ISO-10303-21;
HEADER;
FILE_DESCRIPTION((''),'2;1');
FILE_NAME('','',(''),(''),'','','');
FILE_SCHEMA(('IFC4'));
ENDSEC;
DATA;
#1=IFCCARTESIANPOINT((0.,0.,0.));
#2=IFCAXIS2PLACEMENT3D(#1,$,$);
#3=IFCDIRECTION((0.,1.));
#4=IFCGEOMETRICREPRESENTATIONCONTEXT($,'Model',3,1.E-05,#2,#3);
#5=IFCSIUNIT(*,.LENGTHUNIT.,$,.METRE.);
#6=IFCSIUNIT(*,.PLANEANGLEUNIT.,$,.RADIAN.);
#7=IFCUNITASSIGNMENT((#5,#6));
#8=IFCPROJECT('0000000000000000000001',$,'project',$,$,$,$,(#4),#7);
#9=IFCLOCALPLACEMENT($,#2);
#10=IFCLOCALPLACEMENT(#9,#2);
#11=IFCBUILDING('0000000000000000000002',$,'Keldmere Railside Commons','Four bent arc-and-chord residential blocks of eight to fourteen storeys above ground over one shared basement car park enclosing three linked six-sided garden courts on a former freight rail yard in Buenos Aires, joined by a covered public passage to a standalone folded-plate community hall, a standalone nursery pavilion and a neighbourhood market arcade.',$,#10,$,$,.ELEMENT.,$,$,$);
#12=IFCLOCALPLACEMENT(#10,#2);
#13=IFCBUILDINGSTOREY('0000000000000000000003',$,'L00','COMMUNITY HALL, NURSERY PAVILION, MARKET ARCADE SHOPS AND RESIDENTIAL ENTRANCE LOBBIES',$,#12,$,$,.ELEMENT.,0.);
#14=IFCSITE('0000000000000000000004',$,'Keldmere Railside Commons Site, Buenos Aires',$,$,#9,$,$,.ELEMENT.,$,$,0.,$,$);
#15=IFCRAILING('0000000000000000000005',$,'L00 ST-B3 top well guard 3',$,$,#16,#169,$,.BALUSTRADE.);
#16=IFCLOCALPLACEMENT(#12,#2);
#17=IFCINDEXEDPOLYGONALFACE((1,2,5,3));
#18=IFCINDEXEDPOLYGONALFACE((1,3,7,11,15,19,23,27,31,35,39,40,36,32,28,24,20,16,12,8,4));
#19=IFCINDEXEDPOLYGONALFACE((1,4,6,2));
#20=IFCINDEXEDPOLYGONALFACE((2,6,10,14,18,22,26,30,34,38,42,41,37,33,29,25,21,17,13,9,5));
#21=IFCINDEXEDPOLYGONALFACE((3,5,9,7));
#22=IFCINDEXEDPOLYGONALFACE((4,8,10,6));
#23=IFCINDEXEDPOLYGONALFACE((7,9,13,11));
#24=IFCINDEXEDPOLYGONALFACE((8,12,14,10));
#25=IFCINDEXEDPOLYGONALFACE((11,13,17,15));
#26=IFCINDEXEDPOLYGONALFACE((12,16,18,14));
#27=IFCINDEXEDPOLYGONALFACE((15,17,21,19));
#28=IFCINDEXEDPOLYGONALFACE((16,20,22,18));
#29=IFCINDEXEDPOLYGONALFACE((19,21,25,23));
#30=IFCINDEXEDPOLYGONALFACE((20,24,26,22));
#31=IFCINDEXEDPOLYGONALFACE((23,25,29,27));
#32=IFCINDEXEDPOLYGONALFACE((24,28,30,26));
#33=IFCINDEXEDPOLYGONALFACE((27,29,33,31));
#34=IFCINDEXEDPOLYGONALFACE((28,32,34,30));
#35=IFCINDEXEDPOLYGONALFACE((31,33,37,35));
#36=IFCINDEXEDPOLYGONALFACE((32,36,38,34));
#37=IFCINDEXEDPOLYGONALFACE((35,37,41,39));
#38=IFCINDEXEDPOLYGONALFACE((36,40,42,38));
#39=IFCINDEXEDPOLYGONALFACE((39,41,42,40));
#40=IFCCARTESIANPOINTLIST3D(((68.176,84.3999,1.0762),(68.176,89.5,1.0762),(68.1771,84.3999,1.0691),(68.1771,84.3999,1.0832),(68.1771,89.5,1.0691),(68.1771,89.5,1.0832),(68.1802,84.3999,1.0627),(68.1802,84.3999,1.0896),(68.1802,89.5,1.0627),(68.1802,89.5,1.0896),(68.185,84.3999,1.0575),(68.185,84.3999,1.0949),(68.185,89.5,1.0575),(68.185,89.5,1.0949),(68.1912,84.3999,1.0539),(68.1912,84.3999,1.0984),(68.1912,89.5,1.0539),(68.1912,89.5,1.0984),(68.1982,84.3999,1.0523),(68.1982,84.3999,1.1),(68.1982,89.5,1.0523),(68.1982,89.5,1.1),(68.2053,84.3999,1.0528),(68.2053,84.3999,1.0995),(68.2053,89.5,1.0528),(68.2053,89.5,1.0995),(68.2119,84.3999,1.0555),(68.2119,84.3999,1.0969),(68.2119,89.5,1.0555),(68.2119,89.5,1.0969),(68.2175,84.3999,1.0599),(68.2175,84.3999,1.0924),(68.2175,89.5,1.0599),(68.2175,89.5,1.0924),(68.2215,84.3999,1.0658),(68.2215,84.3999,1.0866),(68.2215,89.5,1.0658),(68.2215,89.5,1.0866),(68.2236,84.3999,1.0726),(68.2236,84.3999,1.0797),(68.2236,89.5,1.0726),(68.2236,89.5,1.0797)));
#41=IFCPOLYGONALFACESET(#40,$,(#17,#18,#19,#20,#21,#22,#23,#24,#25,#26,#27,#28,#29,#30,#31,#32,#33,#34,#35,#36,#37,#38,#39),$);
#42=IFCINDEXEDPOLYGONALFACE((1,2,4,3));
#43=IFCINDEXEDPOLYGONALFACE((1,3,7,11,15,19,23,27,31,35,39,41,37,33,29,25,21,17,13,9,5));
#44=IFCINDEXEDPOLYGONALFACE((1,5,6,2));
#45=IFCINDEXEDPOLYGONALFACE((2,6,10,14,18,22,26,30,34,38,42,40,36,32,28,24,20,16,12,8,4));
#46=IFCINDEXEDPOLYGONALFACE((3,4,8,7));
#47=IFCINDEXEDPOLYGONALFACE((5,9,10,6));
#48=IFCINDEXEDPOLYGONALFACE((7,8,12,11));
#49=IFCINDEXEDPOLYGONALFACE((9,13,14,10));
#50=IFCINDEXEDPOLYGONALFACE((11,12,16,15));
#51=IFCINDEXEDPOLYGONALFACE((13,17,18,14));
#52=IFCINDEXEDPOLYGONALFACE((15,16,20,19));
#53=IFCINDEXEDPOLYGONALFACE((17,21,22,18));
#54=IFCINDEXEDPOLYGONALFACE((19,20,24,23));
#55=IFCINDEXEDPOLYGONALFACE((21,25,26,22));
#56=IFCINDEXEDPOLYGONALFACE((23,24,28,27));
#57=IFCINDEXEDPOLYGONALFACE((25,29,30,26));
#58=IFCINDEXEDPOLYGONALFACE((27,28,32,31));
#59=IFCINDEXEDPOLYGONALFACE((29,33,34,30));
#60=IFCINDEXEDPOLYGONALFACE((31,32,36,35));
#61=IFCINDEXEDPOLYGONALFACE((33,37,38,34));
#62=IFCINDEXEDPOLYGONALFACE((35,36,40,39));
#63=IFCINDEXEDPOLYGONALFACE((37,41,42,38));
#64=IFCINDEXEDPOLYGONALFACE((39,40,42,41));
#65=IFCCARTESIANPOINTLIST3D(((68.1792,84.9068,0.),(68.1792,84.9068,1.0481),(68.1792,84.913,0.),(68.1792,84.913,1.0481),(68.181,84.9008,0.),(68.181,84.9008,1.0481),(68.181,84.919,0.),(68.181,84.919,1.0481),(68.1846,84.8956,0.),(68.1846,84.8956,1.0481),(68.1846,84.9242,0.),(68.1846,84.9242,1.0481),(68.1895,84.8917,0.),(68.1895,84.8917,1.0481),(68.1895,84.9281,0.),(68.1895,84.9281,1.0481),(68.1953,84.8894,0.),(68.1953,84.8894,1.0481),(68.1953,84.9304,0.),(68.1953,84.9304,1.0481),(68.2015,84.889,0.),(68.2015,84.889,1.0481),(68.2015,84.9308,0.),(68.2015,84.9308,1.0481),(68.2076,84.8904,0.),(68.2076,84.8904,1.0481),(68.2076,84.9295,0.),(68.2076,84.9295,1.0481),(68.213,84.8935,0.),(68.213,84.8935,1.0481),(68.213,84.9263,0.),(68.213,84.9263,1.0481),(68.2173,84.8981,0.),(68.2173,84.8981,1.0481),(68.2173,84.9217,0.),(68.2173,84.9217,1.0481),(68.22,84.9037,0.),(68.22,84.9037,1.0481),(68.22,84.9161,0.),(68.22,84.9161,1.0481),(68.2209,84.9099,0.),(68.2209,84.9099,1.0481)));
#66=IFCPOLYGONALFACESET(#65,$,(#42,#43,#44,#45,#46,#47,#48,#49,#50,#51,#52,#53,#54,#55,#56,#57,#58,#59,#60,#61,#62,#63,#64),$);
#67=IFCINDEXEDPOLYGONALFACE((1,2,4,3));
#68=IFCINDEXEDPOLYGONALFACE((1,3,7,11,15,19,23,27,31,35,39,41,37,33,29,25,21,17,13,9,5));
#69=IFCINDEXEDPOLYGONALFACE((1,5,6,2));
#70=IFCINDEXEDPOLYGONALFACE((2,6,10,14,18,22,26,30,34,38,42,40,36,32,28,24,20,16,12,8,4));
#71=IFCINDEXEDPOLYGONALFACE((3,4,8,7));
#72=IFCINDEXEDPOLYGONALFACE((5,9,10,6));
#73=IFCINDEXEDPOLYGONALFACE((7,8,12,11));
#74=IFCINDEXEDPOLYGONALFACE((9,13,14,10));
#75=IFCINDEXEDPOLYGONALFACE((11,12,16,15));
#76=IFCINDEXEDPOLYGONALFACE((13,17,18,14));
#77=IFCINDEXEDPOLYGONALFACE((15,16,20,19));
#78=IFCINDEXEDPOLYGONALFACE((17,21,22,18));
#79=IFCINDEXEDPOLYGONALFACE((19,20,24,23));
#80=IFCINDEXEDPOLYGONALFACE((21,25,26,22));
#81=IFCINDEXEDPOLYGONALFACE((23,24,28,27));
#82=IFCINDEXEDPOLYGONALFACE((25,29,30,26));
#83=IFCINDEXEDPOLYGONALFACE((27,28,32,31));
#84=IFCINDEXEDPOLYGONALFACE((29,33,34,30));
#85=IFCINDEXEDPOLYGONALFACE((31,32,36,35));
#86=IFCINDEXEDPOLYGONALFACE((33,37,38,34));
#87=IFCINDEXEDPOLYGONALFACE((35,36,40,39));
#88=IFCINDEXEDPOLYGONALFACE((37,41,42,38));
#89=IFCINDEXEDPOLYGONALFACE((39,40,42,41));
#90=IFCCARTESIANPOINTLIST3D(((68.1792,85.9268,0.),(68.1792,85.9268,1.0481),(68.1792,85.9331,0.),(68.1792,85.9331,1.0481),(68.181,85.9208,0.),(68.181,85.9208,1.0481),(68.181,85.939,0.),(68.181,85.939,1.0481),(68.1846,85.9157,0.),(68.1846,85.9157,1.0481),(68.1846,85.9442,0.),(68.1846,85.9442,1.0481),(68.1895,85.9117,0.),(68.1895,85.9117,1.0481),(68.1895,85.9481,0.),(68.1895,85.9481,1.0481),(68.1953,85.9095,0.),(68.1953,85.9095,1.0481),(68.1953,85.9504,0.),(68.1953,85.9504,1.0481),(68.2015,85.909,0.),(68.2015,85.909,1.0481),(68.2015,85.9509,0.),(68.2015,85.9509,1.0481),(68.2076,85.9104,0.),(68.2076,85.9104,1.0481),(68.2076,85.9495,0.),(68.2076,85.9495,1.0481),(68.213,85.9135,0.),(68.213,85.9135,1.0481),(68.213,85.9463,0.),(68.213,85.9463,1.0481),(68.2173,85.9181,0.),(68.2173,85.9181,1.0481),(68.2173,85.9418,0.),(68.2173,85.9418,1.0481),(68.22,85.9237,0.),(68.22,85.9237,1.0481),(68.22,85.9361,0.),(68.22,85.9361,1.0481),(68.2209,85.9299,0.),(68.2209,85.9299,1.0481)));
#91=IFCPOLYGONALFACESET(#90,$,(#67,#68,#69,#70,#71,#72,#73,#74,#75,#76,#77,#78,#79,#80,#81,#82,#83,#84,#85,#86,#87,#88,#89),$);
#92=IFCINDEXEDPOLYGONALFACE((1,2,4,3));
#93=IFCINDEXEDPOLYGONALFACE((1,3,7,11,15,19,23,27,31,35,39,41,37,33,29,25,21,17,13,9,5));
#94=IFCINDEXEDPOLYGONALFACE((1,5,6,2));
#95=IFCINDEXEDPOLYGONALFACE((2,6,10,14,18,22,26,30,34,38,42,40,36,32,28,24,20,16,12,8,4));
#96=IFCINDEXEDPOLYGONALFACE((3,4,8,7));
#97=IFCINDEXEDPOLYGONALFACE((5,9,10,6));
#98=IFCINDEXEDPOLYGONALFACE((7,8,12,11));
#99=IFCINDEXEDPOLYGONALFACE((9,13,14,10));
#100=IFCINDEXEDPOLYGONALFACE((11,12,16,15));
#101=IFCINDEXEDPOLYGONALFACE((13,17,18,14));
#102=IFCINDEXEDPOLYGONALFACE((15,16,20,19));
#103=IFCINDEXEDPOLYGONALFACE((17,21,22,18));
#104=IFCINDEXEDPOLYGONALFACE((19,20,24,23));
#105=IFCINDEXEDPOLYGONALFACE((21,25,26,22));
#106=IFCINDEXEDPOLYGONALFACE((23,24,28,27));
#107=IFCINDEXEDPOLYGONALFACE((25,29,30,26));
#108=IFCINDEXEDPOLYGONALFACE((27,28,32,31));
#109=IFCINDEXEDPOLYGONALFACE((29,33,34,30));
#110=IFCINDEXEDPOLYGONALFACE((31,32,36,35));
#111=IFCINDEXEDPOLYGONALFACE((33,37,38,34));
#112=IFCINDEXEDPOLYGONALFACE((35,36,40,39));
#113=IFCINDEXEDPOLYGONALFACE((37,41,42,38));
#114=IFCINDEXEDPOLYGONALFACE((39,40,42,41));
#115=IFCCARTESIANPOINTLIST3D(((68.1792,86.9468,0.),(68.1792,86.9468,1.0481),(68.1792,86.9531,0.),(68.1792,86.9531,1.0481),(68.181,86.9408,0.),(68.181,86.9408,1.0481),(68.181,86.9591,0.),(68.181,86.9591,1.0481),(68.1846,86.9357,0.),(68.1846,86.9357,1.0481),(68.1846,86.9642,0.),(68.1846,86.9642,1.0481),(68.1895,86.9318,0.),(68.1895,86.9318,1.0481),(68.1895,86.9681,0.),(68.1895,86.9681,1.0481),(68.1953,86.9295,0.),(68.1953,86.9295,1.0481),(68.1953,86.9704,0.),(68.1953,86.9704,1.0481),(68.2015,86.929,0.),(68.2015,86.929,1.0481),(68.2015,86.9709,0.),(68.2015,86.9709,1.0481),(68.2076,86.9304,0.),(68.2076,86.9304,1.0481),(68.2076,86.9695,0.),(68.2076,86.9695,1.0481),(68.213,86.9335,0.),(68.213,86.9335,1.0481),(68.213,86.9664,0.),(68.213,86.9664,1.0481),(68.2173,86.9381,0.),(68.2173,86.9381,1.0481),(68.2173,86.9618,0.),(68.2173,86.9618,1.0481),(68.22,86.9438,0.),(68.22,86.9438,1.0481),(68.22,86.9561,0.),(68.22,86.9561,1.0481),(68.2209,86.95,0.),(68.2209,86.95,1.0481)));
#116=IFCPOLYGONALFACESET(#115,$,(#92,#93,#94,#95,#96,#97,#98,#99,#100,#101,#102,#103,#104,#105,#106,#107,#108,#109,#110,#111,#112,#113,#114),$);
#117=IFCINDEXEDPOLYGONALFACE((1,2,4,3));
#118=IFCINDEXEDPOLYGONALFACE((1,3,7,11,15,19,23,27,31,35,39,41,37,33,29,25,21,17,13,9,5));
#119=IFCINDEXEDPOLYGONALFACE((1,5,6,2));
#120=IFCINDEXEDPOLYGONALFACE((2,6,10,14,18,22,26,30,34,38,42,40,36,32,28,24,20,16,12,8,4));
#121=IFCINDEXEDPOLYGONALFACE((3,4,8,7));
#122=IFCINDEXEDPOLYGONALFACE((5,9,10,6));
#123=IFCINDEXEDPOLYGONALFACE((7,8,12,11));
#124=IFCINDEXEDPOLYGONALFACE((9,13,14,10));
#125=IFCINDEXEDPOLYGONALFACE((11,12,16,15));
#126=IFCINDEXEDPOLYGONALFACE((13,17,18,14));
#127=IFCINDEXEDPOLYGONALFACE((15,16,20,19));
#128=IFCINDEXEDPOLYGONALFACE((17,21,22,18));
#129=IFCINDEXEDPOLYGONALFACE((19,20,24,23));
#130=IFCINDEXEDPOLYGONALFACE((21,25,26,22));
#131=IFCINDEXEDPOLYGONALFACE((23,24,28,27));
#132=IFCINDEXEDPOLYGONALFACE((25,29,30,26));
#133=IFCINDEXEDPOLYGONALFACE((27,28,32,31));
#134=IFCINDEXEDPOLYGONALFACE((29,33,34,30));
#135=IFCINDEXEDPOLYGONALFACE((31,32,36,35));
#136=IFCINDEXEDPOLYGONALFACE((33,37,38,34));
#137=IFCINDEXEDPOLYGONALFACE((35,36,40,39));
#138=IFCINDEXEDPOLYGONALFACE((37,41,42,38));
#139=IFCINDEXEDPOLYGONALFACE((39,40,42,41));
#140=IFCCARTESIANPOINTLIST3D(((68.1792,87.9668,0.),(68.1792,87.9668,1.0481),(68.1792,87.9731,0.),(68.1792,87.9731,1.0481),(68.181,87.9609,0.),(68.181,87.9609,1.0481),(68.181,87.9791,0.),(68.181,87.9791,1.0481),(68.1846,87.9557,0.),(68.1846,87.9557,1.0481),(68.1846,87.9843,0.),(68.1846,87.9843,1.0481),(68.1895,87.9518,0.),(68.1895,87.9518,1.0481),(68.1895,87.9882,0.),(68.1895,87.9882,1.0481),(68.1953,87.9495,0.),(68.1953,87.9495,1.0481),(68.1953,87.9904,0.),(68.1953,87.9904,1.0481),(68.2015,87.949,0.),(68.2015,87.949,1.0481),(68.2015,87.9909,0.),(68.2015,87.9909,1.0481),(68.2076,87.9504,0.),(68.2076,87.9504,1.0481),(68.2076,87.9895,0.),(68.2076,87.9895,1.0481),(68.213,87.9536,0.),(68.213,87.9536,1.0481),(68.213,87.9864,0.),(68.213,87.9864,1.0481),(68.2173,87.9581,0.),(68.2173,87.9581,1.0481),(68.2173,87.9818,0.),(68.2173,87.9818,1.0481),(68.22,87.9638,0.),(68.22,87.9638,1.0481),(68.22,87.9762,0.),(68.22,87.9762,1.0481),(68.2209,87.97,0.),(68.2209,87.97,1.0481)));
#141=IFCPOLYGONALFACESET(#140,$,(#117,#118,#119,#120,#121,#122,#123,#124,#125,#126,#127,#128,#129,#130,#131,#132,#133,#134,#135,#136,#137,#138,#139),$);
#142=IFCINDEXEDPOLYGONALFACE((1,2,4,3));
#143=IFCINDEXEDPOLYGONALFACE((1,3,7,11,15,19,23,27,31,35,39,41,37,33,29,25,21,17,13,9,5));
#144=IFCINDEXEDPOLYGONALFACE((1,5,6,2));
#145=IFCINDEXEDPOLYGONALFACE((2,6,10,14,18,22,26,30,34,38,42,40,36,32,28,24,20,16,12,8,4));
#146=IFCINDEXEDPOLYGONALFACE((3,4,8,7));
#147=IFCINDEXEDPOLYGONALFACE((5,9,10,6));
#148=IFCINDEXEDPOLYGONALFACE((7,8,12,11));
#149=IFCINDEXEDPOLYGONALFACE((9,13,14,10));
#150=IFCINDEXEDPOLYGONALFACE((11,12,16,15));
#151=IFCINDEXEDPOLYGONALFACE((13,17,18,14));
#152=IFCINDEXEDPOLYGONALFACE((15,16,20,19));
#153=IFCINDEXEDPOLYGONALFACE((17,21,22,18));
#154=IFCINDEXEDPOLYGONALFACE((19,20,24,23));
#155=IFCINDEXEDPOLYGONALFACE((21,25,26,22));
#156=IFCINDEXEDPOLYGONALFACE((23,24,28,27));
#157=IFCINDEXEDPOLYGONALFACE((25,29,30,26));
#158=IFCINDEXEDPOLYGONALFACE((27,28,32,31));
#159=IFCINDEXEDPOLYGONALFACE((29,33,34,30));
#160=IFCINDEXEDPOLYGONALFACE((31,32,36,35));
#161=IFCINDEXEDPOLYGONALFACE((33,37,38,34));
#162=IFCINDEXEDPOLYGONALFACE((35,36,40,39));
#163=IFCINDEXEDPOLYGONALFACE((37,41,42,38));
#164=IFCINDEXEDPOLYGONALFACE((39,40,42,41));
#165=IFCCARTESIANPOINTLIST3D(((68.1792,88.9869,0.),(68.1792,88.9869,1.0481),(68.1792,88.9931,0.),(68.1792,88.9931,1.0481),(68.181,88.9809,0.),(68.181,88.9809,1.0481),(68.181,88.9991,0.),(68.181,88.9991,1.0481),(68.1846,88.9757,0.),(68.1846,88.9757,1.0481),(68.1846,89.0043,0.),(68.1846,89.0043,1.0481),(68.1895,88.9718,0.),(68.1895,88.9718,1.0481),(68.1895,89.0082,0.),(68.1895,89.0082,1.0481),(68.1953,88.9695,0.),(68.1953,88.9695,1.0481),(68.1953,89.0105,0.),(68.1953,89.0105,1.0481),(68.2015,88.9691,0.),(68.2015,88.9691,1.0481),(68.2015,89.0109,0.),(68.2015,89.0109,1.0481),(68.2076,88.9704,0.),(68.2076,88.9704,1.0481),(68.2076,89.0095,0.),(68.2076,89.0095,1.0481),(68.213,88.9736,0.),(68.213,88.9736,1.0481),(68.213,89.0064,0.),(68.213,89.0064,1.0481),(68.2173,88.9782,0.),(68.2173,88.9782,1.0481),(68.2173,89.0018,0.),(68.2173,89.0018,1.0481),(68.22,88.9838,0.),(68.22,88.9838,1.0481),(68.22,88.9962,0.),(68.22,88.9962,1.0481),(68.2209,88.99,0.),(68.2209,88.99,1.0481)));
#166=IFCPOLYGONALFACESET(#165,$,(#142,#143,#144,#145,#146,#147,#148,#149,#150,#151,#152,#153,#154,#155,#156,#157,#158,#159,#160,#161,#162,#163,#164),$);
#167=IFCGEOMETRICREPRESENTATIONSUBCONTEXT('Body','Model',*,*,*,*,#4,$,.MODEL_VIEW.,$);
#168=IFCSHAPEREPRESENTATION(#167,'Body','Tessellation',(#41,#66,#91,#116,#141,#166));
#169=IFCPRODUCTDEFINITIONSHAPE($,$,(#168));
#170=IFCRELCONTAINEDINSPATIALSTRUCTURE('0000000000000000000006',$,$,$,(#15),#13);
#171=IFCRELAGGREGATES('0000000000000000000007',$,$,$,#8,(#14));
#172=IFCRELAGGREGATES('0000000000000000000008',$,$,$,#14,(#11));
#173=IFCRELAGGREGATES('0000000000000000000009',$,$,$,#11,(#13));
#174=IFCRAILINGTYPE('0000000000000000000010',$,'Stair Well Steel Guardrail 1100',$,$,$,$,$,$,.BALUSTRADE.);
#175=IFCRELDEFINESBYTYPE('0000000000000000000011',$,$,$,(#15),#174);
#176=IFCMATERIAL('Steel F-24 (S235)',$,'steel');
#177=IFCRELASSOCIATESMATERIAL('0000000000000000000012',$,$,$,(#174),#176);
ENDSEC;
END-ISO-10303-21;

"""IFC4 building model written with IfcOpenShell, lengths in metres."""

from ifc_helpers import new_model, si_unit, direction, frame, origin, origin_2d, place, context, subcontext, project, spatial, circle, extrude, material, type_object, element, save


model = new_model("IFC4")

# Units and contexts
model_context = context("Model", 3, precision=1e-05, world=origin(), true_north=direction((0.0, 1.0)))
body_context = subcontext(model_context, "Body", "Model", "MODEL_VIEW")
ifc_project = project(units=[si_unit("LENGTHUNIT", "METRE"), si_unit("PLANEANGLEUNIT", "RADIAN")], contexts=[model_context])

# Site, building, storey
site_placement = place(None, origin())
site = spatial("IfcSite", under=ifc_project, at=site_placement, Name="Keldmere Railside Commons Site, Buenos Aires", CompositionType="ELEMENT", RefElevation=0.0)
building_placement = place(site_placement, origin())
building = spatial("IfcBuilding", under=site, at=building_placement, Name="Keldmere Railside Commons", Description="Four bent arc-and-chord residential blocks of eight to fourteen storeys above ground over one shared basement car park enclosing three linked six-sided garden courts on a former freight rail yard in Buenos Aires, joined by a covered public passage to a standalone folded-plate community hall, a standalone nursery pavilion and a neighbourhood market arcade.", CompositionType="ELEMENT")
storey_placement = place(building_placement, origin())
storey = spatial("IfcBuildingStorey", under=building, at=storey_placement, Name="L00", Description="COMMUNITY HALL, NURSERY PAVILION, MARKET ARCADE SHOPS AND RESIDENTIAL ENTRANCE LOBBIES", CompositionType="ELEMENT", Elevation=0.0)

# Shared definitions
ifc_material_1 = material(Name="Steel F-24 (S235)", Category="steel")

# Railing
railing_type = type_object("IfcRailingType", Name="Stair Well Steel Guardrail 1100", PredefinedType="BALUSTRADE", material=ifc_material_1)
for number, where, name in (
    (1, (68.2, 84.3999, 0.0), "L00 ST-B3 top well guard 3"),
):
    element("IfcRailing", number, at=place(storey_placement, frame(where)), inside=storey, type_object=railing_type, Name=name, PredefinedType="BALUSTRADE", context=body_context, shape_type="SweptSolid", body=[
        extrude(circle(Radius=0.0239, at=origin_2d()), frame((0.0, 0.0, 1.0762), z_axis=(0.0, 1.0, 0.0), x_axis=(-1.0, 0.0, 0.0)), (0.0, 0.0, 1.0), 5.1001),
        extrude(circle(Radius=0.021, at=origin_2d()), frame((0.0, 0.51, 0.0)), (0.0, 0.0, 1.0), 1.0481),
        extrude(circle(Radius=0.021, at=origin_2d()), frame((0.0, 1.53, 0.0)), (0.0, 0.0, 1.0), 1.0481),
        extrude(circle(Radius=0.021, at=origin_2d()), frame((0.0, 2.55, 0.0)), (0.0, 0.0, 1.0), 1.0481),
        extrude(circle(Radius=0.021, at=origin_2d()), frame((0.0, 3.5701, 0.0)), (0.0, 0.0, 1.0), 1.0481),
        extrude(circle(Radius=0.021, at=origin_2d()), frame((0.0, 4.5901, 0.0)), (0.0, 0.0, 1.0), 1.0481),
    ])

save(model, "model.ifc")
